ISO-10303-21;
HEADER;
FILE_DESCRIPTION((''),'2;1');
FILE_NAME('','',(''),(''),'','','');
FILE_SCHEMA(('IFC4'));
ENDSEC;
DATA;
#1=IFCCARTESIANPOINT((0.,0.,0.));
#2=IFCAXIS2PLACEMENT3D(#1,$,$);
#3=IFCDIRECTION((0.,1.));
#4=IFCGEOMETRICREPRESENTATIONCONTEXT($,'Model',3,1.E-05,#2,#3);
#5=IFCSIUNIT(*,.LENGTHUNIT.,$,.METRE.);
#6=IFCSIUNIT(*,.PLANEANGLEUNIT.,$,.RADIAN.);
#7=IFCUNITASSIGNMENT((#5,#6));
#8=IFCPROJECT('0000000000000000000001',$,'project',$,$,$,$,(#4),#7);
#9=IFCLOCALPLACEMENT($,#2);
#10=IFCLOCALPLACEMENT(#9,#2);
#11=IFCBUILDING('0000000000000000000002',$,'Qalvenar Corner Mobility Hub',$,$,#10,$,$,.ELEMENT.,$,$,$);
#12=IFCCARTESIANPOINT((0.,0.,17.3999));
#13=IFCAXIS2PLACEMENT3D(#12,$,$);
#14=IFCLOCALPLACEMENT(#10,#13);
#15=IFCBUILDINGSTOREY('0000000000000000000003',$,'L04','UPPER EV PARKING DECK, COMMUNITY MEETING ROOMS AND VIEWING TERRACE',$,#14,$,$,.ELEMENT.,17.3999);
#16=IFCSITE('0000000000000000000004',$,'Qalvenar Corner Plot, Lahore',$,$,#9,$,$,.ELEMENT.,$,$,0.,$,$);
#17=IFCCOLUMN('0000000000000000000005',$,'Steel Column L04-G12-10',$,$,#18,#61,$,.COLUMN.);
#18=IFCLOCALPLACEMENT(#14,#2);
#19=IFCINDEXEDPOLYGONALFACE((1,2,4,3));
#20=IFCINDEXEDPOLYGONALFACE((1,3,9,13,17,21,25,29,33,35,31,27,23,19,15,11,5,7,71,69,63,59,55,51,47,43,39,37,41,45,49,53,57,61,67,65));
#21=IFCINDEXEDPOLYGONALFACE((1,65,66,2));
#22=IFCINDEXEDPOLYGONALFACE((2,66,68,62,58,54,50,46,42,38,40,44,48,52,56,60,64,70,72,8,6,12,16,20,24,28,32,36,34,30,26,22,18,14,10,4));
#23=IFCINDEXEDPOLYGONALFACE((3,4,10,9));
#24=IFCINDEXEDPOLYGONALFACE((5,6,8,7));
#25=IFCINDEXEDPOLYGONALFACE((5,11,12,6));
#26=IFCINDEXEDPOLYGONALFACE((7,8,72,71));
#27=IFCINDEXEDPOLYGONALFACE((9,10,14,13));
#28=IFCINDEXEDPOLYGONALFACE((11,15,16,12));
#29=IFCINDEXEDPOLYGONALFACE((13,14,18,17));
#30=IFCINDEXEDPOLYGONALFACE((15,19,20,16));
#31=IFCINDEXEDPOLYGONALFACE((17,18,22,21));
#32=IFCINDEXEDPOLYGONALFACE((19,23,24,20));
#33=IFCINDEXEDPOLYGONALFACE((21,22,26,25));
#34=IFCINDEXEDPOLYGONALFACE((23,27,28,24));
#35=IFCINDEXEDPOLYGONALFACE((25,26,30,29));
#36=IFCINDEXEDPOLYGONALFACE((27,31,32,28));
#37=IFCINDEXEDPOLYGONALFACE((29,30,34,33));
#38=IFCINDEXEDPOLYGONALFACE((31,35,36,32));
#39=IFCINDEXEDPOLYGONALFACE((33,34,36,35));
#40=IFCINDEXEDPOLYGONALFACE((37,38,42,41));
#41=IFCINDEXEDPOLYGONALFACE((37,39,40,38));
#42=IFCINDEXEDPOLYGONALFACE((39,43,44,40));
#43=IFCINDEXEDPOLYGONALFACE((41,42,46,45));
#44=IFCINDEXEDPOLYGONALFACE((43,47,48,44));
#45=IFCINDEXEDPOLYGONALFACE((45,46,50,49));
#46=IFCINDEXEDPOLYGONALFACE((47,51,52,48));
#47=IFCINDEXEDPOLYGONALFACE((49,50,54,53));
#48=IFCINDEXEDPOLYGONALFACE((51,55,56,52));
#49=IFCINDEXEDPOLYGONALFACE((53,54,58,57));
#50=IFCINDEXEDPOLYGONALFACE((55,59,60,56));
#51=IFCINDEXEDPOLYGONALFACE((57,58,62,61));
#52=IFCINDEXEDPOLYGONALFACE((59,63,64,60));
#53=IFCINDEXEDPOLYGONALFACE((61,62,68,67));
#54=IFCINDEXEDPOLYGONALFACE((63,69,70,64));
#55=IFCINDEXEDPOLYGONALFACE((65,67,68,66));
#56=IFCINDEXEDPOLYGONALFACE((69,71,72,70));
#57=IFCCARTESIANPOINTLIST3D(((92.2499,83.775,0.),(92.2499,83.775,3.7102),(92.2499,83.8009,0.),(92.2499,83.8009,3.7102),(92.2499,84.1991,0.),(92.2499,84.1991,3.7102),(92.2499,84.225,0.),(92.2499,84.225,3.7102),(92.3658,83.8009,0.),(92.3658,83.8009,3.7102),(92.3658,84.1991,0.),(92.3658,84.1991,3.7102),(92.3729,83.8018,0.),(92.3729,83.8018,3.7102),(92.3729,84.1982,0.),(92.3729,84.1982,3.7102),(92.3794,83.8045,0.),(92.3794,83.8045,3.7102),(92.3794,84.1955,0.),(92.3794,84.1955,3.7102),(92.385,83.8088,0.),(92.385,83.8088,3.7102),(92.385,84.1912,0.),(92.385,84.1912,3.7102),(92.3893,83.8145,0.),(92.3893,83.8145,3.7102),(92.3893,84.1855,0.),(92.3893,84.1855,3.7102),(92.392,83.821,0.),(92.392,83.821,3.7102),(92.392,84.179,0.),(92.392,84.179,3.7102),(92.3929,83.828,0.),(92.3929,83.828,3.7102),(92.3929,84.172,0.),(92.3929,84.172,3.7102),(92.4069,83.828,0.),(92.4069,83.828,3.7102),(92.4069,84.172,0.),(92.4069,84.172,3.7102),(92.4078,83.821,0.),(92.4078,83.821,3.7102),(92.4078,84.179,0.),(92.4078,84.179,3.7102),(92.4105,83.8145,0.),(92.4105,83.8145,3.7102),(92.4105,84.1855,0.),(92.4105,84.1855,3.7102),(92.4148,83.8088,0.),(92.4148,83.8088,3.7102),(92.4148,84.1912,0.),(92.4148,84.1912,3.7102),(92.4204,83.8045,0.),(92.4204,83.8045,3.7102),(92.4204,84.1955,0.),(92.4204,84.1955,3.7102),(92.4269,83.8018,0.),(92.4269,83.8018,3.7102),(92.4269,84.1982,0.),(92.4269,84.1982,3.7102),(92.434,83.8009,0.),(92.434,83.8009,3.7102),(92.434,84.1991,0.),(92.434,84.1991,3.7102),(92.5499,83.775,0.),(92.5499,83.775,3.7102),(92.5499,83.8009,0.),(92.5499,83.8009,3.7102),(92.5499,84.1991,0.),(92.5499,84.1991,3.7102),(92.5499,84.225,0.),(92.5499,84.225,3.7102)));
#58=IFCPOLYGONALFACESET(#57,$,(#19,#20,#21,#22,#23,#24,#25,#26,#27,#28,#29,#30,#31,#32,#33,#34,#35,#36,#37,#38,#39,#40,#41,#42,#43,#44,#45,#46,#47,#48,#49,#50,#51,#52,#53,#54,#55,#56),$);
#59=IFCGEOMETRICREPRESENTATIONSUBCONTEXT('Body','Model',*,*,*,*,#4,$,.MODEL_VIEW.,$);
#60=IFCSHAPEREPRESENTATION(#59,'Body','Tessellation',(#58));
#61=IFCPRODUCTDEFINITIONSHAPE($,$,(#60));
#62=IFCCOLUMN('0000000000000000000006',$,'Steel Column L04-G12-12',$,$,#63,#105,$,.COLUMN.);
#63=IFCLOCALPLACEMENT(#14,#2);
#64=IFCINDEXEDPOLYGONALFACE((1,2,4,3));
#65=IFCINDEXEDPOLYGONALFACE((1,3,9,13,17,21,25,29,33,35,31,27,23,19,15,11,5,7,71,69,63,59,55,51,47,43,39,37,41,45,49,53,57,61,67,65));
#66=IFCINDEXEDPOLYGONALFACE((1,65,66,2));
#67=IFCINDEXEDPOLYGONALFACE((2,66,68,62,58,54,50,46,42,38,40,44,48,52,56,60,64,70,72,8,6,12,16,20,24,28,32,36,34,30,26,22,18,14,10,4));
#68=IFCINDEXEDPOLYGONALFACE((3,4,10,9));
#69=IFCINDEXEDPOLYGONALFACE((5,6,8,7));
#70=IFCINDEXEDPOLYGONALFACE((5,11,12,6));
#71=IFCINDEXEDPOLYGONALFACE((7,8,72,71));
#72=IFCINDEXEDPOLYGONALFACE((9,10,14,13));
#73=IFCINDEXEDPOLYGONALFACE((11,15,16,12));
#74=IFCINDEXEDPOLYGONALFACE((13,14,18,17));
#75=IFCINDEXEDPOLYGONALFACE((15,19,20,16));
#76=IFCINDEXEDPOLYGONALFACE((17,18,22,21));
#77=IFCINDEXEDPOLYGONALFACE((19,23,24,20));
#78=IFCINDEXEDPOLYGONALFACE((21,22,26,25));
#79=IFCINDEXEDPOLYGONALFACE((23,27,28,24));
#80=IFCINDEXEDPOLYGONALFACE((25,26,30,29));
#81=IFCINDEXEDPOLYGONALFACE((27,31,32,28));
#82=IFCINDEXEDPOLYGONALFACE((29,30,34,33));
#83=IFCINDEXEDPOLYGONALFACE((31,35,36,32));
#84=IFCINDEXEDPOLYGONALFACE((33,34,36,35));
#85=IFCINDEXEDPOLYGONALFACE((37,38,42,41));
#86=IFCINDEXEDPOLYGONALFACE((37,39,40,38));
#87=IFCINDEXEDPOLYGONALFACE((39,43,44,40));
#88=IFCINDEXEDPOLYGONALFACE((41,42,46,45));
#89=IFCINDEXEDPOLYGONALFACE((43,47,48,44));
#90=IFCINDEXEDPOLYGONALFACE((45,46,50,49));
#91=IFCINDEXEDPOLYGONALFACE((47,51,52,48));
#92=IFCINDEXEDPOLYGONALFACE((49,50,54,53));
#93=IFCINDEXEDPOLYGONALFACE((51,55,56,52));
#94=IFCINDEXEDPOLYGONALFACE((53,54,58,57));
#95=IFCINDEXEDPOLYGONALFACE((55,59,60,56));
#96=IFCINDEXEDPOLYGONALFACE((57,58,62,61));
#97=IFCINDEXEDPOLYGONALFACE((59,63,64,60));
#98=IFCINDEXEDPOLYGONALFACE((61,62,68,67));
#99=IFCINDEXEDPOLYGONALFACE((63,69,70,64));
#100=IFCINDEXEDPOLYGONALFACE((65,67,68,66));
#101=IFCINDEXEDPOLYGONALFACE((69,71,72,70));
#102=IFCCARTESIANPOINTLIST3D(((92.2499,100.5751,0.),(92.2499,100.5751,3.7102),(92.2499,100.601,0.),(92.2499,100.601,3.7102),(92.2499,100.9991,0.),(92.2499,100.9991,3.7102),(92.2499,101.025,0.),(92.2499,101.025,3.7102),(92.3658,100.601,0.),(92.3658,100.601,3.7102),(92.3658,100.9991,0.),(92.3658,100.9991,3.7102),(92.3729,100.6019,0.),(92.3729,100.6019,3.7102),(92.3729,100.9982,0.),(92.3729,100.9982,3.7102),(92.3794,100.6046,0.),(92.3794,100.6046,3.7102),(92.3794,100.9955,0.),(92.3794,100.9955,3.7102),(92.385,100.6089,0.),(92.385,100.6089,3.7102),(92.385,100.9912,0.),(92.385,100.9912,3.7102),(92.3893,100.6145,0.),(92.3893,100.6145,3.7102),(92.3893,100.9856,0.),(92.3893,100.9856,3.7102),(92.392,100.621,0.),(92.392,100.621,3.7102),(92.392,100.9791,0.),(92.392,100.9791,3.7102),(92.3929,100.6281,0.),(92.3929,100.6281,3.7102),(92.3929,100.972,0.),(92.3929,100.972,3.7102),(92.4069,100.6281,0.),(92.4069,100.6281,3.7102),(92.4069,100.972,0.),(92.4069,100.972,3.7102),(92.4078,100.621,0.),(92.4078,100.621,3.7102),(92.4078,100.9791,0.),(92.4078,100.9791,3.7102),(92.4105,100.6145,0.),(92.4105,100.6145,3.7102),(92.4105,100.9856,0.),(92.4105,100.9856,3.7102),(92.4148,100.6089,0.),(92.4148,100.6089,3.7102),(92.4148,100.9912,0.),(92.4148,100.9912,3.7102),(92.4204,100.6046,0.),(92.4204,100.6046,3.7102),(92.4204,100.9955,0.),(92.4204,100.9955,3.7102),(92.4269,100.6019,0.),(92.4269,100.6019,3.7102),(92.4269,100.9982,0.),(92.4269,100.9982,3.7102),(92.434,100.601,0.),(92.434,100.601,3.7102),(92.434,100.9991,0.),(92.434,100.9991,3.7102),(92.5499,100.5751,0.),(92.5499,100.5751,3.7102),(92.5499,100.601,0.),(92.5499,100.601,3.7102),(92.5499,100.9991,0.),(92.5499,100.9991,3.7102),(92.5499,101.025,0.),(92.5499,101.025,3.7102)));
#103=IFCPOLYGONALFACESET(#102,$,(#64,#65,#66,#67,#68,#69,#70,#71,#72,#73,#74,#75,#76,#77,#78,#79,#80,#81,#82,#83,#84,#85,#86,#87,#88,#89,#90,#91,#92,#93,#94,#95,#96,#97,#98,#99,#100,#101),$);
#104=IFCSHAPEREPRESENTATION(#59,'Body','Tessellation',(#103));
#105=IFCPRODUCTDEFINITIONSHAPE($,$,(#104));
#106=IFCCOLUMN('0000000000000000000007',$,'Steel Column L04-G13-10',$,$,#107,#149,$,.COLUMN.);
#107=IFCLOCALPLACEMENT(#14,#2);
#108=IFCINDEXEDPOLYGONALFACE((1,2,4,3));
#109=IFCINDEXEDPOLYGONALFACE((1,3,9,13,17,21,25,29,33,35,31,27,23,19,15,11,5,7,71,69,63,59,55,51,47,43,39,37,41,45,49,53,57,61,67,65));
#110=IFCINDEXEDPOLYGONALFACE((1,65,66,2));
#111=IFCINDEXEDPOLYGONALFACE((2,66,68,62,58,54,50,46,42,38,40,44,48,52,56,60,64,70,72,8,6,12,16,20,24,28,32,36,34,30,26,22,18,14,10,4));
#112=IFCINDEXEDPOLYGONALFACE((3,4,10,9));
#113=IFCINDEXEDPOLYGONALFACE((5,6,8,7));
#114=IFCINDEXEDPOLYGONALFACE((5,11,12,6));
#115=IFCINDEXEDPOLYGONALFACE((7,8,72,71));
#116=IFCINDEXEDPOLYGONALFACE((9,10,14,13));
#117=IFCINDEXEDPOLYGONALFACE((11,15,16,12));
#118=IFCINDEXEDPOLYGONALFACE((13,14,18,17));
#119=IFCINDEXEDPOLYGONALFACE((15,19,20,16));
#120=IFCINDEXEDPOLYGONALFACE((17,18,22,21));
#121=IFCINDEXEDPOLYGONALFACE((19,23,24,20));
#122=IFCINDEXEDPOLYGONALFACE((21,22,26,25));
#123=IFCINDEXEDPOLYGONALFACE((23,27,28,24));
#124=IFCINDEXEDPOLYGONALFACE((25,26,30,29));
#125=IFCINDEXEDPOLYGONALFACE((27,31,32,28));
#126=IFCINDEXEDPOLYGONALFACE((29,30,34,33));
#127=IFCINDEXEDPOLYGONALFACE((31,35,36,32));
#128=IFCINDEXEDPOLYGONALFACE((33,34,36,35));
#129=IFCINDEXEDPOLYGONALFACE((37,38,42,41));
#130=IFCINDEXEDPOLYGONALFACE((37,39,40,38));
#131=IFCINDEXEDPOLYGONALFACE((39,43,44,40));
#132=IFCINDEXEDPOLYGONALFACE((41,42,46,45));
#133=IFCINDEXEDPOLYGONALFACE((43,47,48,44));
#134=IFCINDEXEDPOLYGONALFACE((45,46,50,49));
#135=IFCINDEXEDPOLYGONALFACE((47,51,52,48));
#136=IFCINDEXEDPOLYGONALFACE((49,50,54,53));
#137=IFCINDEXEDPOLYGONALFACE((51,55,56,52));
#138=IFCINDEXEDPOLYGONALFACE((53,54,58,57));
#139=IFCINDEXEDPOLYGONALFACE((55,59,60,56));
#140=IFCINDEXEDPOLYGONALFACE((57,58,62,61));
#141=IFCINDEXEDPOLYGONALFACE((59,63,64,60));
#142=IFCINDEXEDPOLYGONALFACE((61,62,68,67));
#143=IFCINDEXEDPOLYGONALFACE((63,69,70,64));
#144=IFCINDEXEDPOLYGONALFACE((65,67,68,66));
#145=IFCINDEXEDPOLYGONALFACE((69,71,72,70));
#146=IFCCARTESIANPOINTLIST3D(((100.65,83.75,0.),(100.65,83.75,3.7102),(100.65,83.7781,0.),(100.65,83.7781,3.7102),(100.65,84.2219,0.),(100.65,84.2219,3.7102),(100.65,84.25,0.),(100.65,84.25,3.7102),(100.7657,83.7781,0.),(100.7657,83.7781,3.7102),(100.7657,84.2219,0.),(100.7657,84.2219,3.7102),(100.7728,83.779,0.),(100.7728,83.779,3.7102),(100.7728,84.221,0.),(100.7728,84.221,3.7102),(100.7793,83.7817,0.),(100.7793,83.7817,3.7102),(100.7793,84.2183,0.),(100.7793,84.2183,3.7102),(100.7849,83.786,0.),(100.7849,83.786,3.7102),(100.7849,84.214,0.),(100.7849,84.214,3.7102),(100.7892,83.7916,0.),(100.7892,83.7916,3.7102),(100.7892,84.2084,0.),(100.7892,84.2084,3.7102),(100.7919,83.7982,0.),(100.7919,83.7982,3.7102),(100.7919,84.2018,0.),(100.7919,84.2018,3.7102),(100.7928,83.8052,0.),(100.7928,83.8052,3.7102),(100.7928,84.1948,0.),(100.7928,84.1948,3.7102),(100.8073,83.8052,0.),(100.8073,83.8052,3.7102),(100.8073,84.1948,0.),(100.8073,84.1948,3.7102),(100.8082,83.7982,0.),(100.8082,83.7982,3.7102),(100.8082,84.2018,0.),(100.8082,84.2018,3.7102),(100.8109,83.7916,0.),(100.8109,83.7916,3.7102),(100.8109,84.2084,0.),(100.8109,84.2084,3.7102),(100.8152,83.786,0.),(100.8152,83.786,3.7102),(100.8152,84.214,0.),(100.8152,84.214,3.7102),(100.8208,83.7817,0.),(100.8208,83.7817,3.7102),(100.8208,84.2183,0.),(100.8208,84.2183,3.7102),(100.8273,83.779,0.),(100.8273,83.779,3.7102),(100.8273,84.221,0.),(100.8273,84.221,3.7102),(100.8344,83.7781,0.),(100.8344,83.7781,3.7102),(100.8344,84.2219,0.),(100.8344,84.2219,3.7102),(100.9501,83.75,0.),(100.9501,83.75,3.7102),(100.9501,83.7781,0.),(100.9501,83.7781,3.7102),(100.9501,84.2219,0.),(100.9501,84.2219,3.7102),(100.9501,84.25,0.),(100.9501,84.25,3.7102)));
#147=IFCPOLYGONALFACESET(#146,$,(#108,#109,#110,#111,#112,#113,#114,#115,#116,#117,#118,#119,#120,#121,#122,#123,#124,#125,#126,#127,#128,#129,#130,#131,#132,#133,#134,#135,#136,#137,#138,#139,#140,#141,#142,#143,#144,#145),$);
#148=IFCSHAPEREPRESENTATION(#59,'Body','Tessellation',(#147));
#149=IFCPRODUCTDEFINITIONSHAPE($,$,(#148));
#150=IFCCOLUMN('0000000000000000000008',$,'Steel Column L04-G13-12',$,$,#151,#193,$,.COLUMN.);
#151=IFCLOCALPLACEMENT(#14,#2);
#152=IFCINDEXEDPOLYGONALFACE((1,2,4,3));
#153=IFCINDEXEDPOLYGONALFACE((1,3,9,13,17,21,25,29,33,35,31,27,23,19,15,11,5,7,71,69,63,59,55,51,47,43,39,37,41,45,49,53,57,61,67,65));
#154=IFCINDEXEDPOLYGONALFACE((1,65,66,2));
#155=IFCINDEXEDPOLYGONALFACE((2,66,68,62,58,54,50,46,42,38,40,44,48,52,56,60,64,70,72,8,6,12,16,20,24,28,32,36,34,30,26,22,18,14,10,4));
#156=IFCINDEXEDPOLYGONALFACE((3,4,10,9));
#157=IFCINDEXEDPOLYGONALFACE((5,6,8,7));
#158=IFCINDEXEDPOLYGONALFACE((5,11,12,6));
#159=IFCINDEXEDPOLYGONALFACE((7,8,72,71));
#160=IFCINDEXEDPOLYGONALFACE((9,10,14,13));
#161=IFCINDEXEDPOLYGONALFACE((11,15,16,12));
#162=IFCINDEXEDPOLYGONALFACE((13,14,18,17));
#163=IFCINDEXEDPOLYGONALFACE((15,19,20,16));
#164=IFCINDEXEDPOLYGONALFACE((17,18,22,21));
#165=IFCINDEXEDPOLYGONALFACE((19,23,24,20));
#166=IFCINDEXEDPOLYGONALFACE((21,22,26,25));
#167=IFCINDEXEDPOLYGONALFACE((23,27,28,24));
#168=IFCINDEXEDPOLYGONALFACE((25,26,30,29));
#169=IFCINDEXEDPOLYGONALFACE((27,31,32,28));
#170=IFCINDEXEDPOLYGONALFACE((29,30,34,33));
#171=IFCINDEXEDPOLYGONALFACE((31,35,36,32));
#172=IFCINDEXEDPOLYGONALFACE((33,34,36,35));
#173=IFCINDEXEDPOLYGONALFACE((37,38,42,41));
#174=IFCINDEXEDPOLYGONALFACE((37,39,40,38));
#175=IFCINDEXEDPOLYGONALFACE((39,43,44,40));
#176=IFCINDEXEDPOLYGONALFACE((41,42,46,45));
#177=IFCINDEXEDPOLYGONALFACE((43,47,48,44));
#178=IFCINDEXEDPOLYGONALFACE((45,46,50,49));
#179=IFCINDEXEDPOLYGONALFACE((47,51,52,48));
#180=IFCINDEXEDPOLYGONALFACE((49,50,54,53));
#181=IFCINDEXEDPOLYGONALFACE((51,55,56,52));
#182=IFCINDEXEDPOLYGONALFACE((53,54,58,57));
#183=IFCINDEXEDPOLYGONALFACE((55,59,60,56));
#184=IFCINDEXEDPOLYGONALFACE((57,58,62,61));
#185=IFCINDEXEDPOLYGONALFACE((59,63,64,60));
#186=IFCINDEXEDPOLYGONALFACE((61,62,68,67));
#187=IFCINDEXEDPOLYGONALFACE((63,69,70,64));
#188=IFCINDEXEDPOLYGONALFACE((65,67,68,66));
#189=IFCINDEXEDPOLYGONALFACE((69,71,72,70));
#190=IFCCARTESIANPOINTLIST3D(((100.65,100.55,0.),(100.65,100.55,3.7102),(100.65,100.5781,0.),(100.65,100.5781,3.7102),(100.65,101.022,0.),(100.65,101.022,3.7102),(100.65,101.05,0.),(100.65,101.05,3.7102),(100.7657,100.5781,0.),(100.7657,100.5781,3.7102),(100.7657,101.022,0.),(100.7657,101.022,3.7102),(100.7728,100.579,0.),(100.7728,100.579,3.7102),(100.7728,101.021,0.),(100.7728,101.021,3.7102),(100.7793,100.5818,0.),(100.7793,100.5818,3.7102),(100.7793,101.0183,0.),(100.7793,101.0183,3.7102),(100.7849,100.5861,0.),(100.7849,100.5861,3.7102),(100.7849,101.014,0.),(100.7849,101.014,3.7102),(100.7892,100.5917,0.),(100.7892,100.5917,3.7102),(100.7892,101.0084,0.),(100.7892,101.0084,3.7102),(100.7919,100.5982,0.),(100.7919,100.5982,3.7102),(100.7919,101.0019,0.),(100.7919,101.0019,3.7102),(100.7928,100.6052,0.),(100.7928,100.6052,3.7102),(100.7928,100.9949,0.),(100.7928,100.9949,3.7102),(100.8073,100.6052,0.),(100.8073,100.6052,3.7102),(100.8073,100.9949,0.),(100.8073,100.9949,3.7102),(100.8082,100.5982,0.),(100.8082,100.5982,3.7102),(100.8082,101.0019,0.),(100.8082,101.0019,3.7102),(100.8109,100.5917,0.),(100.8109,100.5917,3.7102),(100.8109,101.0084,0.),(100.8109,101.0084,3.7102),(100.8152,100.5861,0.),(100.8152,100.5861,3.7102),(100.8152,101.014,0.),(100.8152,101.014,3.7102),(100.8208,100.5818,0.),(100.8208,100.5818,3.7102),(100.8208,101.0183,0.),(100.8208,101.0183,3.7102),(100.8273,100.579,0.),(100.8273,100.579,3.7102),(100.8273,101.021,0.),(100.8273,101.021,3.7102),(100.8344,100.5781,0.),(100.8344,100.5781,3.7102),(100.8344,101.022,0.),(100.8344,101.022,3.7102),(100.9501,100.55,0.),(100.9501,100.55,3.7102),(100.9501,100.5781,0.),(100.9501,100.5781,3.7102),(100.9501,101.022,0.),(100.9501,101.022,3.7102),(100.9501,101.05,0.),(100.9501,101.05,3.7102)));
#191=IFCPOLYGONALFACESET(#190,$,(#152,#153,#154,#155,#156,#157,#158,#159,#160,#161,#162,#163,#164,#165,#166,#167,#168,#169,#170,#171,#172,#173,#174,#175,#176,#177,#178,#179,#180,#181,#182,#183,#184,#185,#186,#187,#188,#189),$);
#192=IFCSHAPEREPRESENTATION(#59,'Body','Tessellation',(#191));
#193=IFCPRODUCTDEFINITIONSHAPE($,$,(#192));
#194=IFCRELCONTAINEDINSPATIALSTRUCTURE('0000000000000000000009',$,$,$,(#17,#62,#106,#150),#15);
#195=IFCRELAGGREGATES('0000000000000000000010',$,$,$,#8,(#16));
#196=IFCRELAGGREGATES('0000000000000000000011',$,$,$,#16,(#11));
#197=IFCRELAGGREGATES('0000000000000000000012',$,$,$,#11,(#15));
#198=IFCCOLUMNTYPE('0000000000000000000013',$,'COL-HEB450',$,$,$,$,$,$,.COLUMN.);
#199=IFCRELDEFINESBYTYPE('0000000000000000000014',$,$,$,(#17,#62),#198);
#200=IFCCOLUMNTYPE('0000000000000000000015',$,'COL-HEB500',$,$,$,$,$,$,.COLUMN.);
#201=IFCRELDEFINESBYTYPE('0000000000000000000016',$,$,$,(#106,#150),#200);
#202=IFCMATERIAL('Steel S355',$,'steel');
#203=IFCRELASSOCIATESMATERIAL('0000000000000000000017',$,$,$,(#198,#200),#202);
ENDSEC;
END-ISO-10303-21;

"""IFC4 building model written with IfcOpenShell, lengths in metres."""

from ifc_helpers import new_model, si_unit, direction, frame, origin, origin_2d, place, context, subcontext, project, spatial, i_section, extrude, material, material_profile, profile_set, type_object, element, save


model = new_model("IFC4")

# Units and contexts
model_context = context("Model", 3, precision=1e-05, world=origin(), true_north=direction((0.0, 1.0)))
body_context = subcontext(model_context, "Body", "Model", "MODEL_VIEW")
ifc_project = project(units=[si_unit("LENGTHUNIT", "METRE"), si_unit("PLANEANGLEUNIT", "RADIAN")], contexts=[model_context])

# Site, building, storey
site_placement = place(None, origin())
site = spatial("IfcSite", under=ifc_project, at=site_placement, Name="Qalvenar Corner Plot, Lahore", CompositionType="ELEMENT", RefElevation=0.0)
building_placement = place(site_placement, origin())
building = spatial("IfcBuilding", under=site, at=building_placement, Name="Qalvenar Corner Mobility Hub", CompositionType="ELEMENT")
storey_placement = place(building_placement, frame((0.0, 0.0, 17.3999)))
storey = spatial("IfcBuildingStorey", under=building, at=storey_placement, Name="L04", Description="UPPER EV PARKING DECK, COMMUNITY MEETING ROOMS AND VIEWING TERRACE", CompositionType="ELEMENT", Elevation=17.3999)

# Columns
ifc_material = material(Name="Steel S355", Category="steel")
ifc_material_profile_1 = material_profile(ifc_material, i_section(OverallWidth=0.3, OverallDepth=0.45, WebThickness=0.0139, FlangeThickness=0.0259, FilletRadius=0.0271, at=origin_2d()), Name="HEB450")
ifc_profile_set_1 = profile_set([ifc_material_profile_1], Name="Steel S355")
column_type_1 = type_object("IfcColumnType", Name="COL-HEB450", PredefinedType="COLUMN", material=ifc_profile_set_1)
for number, where, z_axis, x_axis, name in (
    (1, (92.3999, 84.0, 0.0), (0.0, 0.0, 1.0), (1.0, 0.0, 0.0), "Steel Column L04-G12-10"),
    (2, (92.3999, 100.8, 0.0), (0.0, 0.0, 1.0), (1.0, 0.0, 0.0), "Steel Column L04-G12-12"),
):
    element("IfcColumn", number, at=place(storey_placement, frame(where, z_axis=z_axis, x_axis=x_axis)), inside=storey, type_object=column_type_1, Name=name, PredefinedType="COLUMN", context=body_context, shape_type="SweptSolid", body=[
        extrude(i_section(OverallWidth=0.3, OverallDepth=0.45, WebThickness=0.0139, FlangeThickness=0.0259, FilletRadius=0.0271, at=origin_2d()), origin(), (0.0, 0.0, 1.0), 3.7102),
    ])
ifc_material_profile_2 = material_profile(ifc_material, i_section(OverallWidth=0.3, OverallDepth=0.5, WebThickness=0.0144, FlangeThickness=0.0281, FilletRadius=0.0271, at=origin_2d()), Name="HEB500")
ifc_profile_set_2 = profile_set([ifc_material_profile_2], Name="Steel S355")
column_type_2 = type_object("IfcColumnType", Name="COL-HEB500", PredefinedType="COLUMN", material=ifc_profile_set_2)
for number, where, z_axis, x_axis, name in (
    (3, (100.8, 84.0, 0.0), (0.0, 0.0, 1.0), (1.0, 0.0, 0.0), "Steel Column L04-G13-10"),
    (4, (100.8, 100.8, 0.0), (0.0, 0.0, 1.0), (1.0, 0.0, 0.0), "Steel Column L04-G13-12"),
):
    element("IfcColumn", number, at=place(storey_placement, frame(where, z_axis=z_axis, x_axis=x_axis)), inside=storey, type_object=column_type_2, Name=name, PredefinedType="COLUMN", context=body_context, shape_type="SweptSolid", body=[
        extrude(i_section(OverallWidth=0.3, OverallDepth=0.5, WebThickness=0.0144, FlangeThickness=0.0281, FilletRadius=0.0271, at=origin_2d()), origin(), (0.0, 0.0, 1.0), 3.7102),
    ])

save(model, "model.ifc")
